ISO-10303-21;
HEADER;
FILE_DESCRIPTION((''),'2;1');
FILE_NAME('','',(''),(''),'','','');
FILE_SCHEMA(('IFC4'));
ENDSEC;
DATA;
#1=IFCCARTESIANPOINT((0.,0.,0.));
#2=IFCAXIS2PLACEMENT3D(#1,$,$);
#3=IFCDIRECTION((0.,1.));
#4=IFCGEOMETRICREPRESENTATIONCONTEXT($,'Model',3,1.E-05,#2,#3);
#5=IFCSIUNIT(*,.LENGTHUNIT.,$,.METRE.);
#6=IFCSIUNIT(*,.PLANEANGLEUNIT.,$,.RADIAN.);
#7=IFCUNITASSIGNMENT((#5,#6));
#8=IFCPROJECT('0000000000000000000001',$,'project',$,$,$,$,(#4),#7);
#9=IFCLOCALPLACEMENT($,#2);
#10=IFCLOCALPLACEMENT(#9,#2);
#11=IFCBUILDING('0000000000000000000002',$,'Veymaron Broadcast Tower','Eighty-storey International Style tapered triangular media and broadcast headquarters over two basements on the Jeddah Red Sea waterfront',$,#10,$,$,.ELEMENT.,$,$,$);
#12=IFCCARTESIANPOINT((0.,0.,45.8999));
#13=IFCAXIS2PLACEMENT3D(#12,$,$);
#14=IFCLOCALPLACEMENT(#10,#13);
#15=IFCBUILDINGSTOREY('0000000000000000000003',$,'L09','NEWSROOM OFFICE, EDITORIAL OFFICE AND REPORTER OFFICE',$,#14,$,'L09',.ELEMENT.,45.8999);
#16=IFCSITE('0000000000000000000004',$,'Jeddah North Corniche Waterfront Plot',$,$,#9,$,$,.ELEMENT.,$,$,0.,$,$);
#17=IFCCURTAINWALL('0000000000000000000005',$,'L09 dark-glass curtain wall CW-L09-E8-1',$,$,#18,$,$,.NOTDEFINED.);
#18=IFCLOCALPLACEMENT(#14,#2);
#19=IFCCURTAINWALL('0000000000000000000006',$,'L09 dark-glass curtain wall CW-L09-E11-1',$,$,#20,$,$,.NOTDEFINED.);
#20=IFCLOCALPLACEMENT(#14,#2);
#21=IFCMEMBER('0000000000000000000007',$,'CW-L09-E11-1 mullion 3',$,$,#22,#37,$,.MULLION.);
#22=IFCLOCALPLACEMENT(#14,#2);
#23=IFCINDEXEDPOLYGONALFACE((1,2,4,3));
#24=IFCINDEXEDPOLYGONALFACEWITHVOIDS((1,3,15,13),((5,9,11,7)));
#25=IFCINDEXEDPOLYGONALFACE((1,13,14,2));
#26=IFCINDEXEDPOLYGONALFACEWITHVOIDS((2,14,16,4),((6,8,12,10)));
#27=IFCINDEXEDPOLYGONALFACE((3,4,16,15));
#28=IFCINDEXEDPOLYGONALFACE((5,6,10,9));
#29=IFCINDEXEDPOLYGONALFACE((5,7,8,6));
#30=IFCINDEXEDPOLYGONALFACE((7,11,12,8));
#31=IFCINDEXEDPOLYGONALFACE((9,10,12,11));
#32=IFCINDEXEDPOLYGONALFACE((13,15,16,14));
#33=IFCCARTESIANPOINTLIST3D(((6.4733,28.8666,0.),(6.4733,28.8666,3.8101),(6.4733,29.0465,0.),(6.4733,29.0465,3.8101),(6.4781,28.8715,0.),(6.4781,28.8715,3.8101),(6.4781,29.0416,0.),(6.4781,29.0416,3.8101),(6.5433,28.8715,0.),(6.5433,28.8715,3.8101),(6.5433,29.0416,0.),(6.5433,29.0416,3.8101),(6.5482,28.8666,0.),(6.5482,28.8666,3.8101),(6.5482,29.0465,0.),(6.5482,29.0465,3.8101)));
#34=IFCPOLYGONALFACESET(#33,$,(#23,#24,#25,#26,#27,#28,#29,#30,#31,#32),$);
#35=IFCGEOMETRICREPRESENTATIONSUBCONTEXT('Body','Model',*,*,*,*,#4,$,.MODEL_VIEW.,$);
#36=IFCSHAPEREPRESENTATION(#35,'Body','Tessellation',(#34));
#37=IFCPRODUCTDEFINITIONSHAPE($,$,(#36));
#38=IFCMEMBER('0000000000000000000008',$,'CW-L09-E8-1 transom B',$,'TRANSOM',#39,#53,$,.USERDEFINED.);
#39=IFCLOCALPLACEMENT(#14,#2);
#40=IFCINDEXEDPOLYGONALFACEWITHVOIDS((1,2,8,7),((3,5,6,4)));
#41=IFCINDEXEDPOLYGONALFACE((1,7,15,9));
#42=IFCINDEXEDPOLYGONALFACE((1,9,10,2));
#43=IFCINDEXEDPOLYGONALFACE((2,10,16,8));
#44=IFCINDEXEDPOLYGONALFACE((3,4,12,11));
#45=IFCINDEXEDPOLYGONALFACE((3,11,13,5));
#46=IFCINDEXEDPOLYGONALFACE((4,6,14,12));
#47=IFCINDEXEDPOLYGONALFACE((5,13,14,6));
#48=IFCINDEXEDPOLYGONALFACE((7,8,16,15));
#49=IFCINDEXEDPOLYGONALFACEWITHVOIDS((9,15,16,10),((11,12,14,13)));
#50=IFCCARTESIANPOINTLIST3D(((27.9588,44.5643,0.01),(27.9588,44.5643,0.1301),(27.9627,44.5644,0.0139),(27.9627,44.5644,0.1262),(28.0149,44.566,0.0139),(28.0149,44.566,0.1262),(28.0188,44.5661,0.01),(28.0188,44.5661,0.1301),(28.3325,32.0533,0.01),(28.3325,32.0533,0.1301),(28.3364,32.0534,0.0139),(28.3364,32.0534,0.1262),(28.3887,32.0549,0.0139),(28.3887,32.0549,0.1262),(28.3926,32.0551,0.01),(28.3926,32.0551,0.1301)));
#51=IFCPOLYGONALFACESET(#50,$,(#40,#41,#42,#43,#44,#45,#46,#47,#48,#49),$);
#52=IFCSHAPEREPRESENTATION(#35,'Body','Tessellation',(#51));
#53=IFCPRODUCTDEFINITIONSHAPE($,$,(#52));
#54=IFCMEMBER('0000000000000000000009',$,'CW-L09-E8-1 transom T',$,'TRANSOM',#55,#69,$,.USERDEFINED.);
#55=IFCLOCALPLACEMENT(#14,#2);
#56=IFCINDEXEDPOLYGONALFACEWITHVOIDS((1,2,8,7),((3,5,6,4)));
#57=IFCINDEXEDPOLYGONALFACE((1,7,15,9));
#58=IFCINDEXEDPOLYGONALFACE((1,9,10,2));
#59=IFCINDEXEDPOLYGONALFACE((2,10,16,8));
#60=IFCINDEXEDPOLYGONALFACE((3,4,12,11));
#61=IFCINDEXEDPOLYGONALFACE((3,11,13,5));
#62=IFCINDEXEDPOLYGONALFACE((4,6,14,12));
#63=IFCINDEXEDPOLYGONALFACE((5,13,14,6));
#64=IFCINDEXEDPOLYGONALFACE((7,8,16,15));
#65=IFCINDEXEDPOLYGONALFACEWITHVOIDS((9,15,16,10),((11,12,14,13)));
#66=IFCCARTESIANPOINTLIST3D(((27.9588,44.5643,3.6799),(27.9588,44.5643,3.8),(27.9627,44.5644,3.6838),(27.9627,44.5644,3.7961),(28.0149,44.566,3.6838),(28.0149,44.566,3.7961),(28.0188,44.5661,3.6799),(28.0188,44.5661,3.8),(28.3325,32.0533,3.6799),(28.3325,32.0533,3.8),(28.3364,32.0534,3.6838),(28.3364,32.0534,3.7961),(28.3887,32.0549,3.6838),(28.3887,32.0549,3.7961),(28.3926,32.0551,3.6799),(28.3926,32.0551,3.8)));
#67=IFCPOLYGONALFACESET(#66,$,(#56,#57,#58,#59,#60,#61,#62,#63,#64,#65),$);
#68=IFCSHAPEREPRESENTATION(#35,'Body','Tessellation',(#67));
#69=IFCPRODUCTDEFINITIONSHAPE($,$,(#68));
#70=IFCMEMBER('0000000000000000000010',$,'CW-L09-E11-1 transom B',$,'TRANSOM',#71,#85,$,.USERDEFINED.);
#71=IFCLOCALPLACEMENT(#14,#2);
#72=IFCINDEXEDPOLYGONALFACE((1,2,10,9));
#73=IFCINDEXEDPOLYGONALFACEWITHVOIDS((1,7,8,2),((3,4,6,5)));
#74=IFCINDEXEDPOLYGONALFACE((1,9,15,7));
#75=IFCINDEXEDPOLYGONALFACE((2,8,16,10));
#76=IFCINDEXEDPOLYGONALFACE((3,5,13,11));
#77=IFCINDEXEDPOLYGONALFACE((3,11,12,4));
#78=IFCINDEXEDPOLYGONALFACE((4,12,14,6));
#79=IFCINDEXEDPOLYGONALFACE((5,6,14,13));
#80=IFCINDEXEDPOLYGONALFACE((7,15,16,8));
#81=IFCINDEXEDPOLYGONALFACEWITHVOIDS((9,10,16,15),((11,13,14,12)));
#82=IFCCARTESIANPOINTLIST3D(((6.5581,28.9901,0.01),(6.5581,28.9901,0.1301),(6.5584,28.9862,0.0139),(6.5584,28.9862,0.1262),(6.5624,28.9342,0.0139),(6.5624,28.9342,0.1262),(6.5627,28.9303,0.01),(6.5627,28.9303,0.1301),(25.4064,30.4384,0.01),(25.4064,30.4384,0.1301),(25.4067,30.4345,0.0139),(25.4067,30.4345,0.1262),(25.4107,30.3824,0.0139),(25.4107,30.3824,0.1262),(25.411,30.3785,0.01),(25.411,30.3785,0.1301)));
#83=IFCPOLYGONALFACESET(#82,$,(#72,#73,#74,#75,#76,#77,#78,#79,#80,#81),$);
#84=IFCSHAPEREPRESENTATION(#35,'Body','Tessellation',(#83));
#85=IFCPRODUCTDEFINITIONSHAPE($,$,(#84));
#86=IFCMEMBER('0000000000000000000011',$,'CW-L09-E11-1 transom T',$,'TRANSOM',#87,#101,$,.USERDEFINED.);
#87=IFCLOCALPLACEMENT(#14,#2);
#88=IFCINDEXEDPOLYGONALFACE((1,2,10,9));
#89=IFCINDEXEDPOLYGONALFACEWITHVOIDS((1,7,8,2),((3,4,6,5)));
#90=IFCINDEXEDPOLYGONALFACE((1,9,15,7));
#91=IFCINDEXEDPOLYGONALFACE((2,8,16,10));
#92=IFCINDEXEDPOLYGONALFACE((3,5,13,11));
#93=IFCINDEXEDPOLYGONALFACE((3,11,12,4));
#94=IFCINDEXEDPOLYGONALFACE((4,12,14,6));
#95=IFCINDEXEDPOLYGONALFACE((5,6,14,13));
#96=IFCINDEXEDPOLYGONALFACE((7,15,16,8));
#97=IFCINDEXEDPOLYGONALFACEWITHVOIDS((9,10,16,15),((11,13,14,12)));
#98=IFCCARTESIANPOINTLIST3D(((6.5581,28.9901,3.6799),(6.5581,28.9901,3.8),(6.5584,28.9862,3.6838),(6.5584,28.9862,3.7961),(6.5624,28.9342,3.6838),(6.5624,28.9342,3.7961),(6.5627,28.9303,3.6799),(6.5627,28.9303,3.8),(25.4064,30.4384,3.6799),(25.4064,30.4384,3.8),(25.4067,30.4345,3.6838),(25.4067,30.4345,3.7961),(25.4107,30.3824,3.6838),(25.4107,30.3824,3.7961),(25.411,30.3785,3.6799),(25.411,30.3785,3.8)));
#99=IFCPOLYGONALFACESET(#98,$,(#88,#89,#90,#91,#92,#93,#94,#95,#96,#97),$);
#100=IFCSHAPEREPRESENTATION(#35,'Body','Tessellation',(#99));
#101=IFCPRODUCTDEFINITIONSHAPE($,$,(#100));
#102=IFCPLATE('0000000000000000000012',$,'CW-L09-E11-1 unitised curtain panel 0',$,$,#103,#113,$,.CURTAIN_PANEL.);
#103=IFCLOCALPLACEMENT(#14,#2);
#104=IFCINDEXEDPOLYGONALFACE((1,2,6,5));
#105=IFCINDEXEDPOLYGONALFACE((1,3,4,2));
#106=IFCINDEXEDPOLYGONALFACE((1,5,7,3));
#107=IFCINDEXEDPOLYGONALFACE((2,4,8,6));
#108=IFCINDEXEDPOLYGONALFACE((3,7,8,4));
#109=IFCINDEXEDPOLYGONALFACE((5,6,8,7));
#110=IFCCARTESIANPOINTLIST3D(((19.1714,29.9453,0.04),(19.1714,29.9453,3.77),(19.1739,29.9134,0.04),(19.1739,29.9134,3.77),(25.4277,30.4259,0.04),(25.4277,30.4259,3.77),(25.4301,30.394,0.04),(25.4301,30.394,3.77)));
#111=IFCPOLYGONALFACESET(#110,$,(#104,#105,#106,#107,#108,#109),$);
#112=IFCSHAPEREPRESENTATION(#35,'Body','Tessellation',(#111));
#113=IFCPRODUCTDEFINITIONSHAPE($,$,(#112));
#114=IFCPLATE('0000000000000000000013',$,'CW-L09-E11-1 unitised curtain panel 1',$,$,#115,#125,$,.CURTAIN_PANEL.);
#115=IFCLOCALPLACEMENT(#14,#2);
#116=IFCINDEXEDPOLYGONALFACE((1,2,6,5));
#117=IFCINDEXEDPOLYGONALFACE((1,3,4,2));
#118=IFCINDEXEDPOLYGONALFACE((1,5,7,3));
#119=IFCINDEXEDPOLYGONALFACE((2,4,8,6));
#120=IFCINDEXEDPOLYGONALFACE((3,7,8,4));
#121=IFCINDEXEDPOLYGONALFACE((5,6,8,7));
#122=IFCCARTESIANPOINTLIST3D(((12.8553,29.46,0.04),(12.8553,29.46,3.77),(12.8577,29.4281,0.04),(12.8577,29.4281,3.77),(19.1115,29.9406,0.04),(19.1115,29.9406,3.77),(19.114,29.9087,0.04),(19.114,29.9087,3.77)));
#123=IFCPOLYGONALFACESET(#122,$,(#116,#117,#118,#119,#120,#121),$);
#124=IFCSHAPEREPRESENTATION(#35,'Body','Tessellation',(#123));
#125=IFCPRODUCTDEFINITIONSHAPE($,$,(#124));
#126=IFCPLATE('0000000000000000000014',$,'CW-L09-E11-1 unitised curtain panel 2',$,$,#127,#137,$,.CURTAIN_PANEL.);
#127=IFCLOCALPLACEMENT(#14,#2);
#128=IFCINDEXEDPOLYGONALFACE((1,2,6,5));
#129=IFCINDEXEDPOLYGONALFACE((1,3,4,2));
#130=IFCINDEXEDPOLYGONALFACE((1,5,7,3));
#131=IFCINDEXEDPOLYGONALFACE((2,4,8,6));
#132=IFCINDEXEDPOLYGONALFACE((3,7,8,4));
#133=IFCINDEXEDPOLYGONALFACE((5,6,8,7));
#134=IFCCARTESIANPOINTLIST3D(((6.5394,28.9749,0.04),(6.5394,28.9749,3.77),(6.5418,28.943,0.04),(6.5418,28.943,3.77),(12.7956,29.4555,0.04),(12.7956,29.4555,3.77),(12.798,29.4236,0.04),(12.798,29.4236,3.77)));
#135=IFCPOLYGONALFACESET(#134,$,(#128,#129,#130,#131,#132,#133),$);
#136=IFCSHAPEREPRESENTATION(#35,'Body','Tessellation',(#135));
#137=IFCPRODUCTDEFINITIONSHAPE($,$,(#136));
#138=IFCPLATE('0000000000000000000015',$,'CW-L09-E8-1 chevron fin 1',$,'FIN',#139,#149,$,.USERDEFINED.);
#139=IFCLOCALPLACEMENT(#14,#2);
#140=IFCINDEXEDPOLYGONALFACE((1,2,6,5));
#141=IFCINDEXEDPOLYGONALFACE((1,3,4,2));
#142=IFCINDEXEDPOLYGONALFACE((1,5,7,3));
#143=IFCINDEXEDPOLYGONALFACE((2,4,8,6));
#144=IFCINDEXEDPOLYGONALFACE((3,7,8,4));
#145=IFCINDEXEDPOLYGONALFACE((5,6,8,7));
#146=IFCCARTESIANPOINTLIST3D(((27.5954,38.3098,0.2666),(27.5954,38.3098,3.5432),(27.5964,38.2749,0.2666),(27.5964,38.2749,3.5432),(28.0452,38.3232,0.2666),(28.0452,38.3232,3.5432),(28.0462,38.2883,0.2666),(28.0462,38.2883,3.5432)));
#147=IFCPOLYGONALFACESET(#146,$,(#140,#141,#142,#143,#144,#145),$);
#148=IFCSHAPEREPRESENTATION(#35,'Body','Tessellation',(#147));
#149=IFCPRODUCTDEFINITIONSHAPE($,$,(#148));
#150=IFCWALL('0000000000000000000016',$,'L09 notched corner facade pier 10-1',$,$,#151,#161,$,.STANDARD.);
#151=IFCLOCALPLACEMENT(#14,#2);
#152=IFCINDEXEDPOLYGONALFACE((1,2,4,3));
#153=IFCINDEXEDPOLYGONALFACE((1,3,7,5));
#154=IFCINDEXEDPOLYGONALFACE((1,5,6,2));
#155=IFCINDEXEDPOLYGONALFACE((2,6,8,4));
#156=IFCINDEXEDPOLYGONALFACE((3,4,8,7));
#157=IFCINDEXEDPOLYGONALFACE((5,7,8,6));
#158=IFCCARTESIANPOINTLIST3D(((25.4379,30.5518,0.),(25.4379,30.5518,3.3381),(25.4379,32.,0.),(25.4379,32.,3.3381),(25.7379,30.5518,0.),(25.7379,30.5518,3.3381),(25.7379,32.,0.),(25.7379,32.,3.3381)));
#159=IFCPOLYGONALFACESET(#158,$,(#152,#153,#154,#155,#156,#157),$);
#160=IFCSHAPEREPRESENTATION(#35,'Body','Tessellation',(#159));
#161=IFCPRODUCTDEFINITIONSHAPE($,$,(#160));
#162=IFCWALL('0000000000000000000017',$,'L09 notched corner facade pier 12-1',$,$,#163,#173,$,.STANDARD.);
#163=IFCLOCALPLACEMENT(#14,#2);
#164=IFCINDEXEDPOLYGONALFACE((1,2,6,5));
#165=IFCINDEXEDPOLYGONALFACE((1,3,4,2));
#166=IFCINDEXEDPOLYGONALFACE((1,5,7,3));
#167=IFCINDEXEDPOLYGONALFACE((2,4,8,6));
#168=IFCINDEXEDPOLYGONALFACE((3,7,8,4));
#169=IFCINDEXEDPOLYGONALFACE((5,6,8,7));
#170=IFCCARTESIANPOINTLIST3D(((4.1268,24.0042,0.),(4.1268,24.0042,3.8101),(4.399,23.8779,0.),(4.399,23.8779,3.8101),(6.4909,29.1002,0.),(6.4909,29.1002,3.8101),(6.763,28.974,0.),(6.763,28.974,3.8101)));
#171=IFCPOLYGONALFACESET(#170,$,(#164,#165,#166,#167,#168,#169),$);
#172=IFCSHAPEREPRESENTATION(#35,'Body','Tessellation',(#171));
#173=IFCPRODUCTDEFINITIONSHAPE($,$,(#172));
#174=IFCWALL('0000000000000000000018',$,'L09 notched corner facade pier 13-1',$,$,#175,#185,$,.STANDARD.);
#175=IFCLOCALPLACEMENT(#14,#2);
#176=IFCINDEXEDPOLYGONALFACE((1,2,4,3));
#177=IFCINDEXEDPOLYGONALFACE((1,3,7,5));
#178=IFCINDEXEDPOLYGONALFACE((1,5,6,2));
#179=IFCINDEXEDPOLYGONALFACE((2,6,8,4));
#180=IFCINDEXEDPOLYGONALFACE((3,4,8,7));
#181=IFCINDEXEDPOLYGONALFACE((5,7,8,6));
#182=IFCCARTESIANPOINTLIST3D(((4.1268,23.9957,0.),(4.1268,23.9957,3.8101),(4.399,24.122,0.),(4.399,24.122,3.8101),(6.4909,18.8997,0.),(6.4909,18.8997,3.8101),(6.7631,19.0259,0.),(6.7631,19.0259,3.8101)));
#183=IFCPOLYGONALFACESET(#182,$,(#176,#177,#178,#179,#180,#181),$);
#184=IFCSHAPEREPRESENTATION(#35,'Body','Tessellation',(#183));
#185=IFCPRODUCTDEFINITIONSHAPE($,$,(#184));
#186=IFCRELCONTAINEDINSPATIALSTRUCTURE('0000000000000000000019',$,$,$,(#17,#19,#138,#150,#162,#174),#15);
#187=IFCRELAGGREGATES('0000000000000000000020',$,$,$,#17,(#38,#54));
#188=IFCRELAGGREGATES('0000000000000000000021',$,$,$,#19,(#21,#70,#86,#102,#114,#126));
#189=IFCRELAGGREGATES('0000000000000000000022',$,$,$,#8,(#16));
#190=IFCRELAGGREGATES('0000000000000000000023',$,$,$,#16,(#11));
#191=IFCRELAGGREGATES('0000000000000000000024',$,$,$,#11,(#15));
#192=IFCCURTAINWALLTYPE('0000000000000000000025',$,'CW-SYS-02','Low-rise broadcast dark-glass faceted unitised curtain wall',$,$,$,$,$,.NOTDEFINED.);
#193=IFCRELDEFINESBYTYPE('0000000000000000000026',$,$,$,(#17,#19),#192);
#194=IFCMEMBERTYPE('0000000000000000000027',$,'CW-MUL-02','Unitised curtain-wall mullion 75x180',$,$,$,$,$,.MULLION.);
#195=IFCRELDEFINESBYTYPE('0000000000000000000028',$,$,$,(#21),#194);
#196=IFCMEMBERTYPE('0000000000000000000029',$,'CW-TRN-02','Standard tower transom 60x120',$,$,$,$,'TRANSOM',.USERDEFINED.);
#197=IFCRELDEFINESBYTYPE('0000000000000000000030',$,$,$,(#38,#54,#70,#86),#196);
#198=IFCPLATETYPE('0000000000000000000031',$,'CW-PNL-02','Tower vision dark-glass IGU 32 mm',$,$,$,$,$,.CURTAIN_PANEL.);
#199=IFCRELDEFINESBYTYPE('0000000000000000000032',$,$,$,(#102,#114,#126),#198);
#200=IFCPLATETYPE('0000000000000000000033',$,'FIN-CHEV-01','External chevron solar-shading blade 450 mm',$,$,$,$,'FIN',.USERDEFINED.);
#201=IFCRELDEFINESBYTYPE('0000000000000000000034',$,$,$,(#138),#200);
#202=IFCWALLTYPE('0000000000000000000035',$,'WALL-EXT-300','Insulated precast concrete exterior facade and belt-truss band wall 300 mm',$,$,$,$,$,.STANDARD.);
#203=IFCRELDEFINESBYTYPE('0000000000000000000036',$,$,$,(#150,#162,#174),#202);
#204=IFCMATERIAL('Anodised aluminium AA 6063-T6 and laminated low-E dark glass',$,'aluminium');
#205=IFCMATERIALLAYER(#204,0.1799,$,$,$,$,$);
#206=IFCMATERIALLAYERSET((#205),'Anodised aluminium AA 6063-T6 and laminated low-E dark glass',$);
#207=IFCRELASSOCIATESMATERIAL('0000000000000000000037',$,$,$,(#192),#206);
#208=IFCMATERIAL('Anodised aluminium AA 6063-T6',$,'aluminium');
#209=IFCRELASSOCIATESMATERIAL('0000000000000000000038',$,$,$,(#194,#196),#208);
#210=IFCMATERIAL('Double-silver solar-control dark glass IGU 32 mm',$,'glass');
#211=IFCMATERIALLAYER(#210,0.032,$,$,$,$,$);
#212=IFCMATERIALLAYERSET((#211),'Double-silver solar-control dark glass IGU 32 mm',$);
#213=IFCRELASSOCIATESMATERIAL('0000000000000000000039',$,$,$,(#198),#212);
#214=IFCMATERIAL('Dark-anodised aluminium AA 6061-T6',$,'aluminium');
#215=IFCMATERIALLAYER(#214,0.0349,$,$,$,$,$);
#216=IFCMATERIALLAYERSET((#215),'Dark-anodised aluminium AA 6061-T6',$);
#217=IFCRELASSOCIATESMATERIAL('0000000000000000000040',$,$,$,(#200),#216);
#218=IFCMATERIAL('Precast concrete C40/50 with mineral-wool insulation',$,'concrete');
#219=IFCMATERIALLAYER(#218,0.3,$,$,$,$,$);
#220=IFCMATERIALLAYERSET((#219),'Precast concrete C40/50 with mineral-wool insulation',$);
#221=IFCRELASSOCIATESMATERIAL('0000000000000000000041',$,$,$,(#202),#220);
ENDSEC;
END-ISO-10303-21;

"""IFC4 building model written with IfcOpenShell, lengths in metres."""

from ifc_helpers import new_model, si_unit, direction, frame, frame_2d, origin, origin_2d, place, context, subcontext, project, spatial, rectangle, hollow_rectangle, extrude, material, layer, layer_set, material_profile, profile_set, type_object, element, aggregate, save


model = new_model("IFC4")

# Units and contexts
model_context = context("Model", 3, precision=1e-05, world=origin(), true_north=direction((0.0, 1.0)))
body_context = subcontext(model_context, "Body", "Model", "MODEL_VIEW")
ifc_project = project(units=[si_unit("LENGTHUNIT", "METRE"), si_unit("PLANEANGLEUNIT", "RADIAN")], contexts=[model_context])

# Site, building, storey
site_placement = place(None, origin())
site = spatial("IfcSite", under=ifc_project, at=site_placement, Name="Jeddah North Corniche Waterfront Plot", CompositionType="ELEMENT", RefElevation=0.0)
building_placement = place(site_placement, origin())
building = spatial("IfcBuilding", under=site, at=building_placement, Name="Veymaron Broadcast Tower", Description="Eighty-storey International Style tapered triangular media and broadcast headquarters over two basements on the Jeddah Red Sea waterfront", CompositionType="ELEMENT")
storey_placement = place(building_placement, frame((0.0, 0.0, 45.8999)))
storey = spatial("IfcBuildingStorey", under=building, at=storey_placement, Name="L09", Description="NEWSROOM OFFICE, EDITORIAL OFFICE AND REPORTER OFFICE", LongName="L09", CompositionType="ELEMENT", Elevation=45.8999)

# Curtain wall
ifc_material_1 = material(Name="Anodised aluminium AA 6063-T6 and laminated low-E dark glass", Category="aluminium")
ifc_layer_1 = layer(ifc_material_1, 0.1799)
ifc_layer_set_1 = layer_set([ifc_layer_1], Name="Anodised aluminium AA 6063-T6 and laminated low-E dark glass")
curtain_wall_type = type_object("IfcCurtainWallType", Name="CW-SYS-02", Description="Low-rise broadcast dark-glass faceted unitised curtain wall", PredefinedType="NOTDEFINED", material=ifc_layer_set_1)
curtain_wall_1_placement = place(storey_placement, origin())
curtain_wall_1 = element("IfcCurtainWall", 1, at=curtain_wall_1_placement, inside=storey, type_object=curtain_wall_type, Name="L09 dark-glass curtain wall CW-L09-E8-1", PredefinedType="NOTDEFINED")
ifc_material_2 = material(Name="Anodised aluminium AA 6063-T6", Category="aluminium")
ifc_material_profile_1 = material_profile(ifc_material_2, hollow_rectangle(XDim=0.075, YDim=0.1799, WallThickness=0.0049, at=origin_2d()), Name="AL180X75X5")
ifc_profile_set_1 = profile_set([ifc_material_profile_1], Name="Anodised aluminium AA 6063-T6")
member_type_1 = type_object("IfcMemberType", Name="CW-MUL-02", Description="Unitised curtain-wall mullion 75x180", PredefinedType="MULLION", material=ifc_profile_set_1)

# Curtain wall, member
curtain_wall_2_placement = place(storey_placement, origin())
curtain_wall_2 = element("IfcCurtainWall", 2, at=curtain_wall_2_placement, inside=storey, type_object=curtain_wall_type, Name="L09 dark-glass curtain wall CW-L09-E11-1", PredefinedType="NOTDEFINED")
member_1_placement = place(storey_placement, frame((6.5107, 28.9565, 0.0), z_axis=(0.0, 0.0, 1.0), x_axis=(1.0, 0.0, 0.0)))
member_1 = element("IfcMember", 3, at=member_1_placement, type_object=member_type_1, Name="CW-L09-E11-1 mullion 3", PredefinedType="MULLION", context=body_context, shape_type="SweptSolid", body=[
    extrude(hollow_rectangle(XDim=0.075, YDim=0.1799, WallThickness=0.0049, at=origin_2d()), origin(), (0.0, 0.0, 1.0), 3.8101),
])

# Members
ifc_material_profile_2 = material_profile(ifc_material_2, hollow_rectangle(XDim=0.0601, YDim=0.1201, WallThickness=0.0039, at=origin_2d()), Name="AL120X60X4")
ifc_profile_set_2 = profile_set([ifc_material_profile_2], Name="Anodised aluminium AA 6063-T6")
member_type_2 = type_object("IfcMemberType", Name="CW-TRN-02", Description="Standard tower transom 60x120", ElementType="TRANSOM", PredefinedType="USERDEFINED", material=ifc_profile_set_2)
member_2_placement = place(storey_placement, frame((27.9888, 44.5652, 0.0701), z_axis=(0.029863, -0.999554, 0.0), x_axis=(0.999554, 0.029863, 0.0)))
member_2 = element("IfcMember", 4, at=member_2_placement, type_object=member_type_2, Name="CW-L09-E8-1 transom B", ObjectType="TRANSOM", PredefinedType="USERDEFINED", context=body_context, shape_type="SweptSolid", body=[
    extrude(hollow_rectangle(XDim=0.0601, YDim=0.1201, WallThickness=0.0039, at=origin_2d()), origin(), (0.0, 0.0, 1.0), 12.5166),
])
member_3_placement = place(storey_placement, frame((27.9888, 44.5652, 3.74), z_axis=(0.029863, -0.999554, 0.0), x_axis=(0.999554, 0.029863, 0.0)))
member_3 = element("IfcMember", 5, at=member_3_placement, type_object=member_type_2, Name="CW-L09-E8-1 transom T", ObjectType="TRANSOM", PredefinedType="USERDEFINED", context=body_context, shape_type="SweptSolid", body=[
    extrude(hollow_rectangle(XDim=0.0601, YDim=0.1201, WallThickness=0.0039, at=origin_2d()), origin(), (0.0, 0.0, 1.0), 12.5166),
])
aggregate(curtain_wall_1, [member_2, member_3])
member_4_placement = place(storey_placement, frame((25.4087, 30.4084, 0.0701), z_axis=(-0.997061, -0.076612, 0.0), x_axis=(0.076612, -0.997061, 0.0)))
member_4 = element("IfcMember", 6, at=member_4_placement, type_object=member_type_2, Name="CW-L09-E11-1 transom B", ObjectType="TRANSOM", PredefinedType="USERDEFINED", context=body_context, shape_type="SweptSolid", body=[
    extrude(hollow_rectangle(XDim=0.0601, YDim=0.1201, WallThickness=0.0039, at=origin_2d()), origin(), (0.0, 0.0, 1.0), 18.9038),
])
member_5_placement = place(storey_placement, frame((25.4087, 30.4084, 3.74), z_axis=(-0.997061, -0.076612, 0.0), x_axis=(0.076612, -0.997061, 0.0)))
member_5 = element("IfcMember", 7, at=member_5_placement, type_object=member_type_2, Name="CW-L09-E11-1 transom T", ObjectType="TRANSOM", PredefinedType="USERDEFINED", context=body_context, shape_type="SweptSolid", body=[
    extrude(hollow_rectangle(XDim=0.0601, YDim=0.1201, WallThickness=0.0039, at=origin_2d()), origin(), (0.0, 0.0, 1.0), 18.9038),
])

# Plates
ifc_material_3 = material(Name="Double-silver solar-control dark glass IGU 32 mm", Category="glass")
ifc_layer_2 = layer(ifc_material_3, 0.032)
ifc_layer_set_2 = layer_set([ifc_layer_2], Name="Double-silver solar-control dark glass IGU 32 mm")
plate_type_1 = type_object("IfcPlateType", Name="CW-PNL-02", Description="Tower vision dark-glass IGU 32 mm", PredefinedType="CURTAIN_PANEL", material=ifc_layer_set_2)
plate_1_placement = place(storey_placement, frame((22.3008, 30.1697, 0.04), z_axis=(0.0, 0.0, 1.0), x_axis=(-0.997062, -0.076597, 0.0)))
plate_1 = element("IfcPlate", 8, at=plate_1_placement, type_object=plate_type_1, Name="CW-L09-E11-1 unitised curtain panel 0", PredefinedType="CURTAIN_PANEL", context=body_context, shape_type="SweptSolid", body=[
    extrude(rectangle(XDim=6.2747, YDim=0.032, at=origin_2d()), origin(), (0.0, 0.0, 1.0), 3.73),
])
plate_2_placement = place(storey_placement, frame((15.9846, 29.6843, 0.04), z_axis=(0.0, 0.0, 1.0), x_axis=(-0.997062, -0.076597, 0.0)))
plate_2 = element("IfcPlate", 9, at=plate_2_placement, type_object=plate_type_1, Name="CW-L09-E11-1 unitised curtain panel 1", PredefinedType="CURTAIN_PANEL", context=body_context, shape_type="SweptSolid", body=[
    extrude(rectangle(XDim=6.2747, YDim=0.032, at=origin_2d()), origin(), (0.0, 0.0, 1.0), 3.73),
])
plate_3_placement = place(storey_placement, frame((9.6687, 29.1992, 0.04), z_axis=(0.0, 0.0, 1.0), x_axis=(-0.997062, -0.076597, 0.0)))
plate_3 = element("IfcPlate", 10, at=plate_3_placement, type_object=plate_type_1, Name="CW-L09-E11-1 unitised curtain panel 2", PredefinedType="CURTAIN_PANEL", context=body_context, shape_type="SweptSolid", body=[
    extrude(rectangle(XDim=6.2747, YDim=0.032, at=origin_2d()), origin(), (0.0, 0.0, 1.0), 3.73),
])
aggregate(curtain_wall_2, [member_1, member_4, member_5, plate_1, plate_2, plate_3])
ifc_material_4 = material(Name="Dark-anodised aluminium AA 6061-T6", Category="aluminium")
ifc_layer_3 = layer(ifc_material_4, 0.0349)
ifc_layer_set_3 = layer_set([ifc_layer_3], Name="Dark-anodised aluminium AA 6061-T6")
plate_type_2 = type_object("IfcPlateType", Name="FIN-CHEV-01", Description="External chevron solar-shading blade 450 mm", ElementType="FIN", PredefinedType="USERDEFINED", material=ifc_layer_set_3)
plate_4_placement = place(storey_placement, frame((27.8208, 38.2991, 0.2666), z_axis=(0.0, 0.0, 1.0), x_axis=(-0.999554, -0.029858, 0.0)))
element("IfcPlate", 11, at=plate_4_placement, inside=storey, type_object=plate_type_2, Name="CW-L09-E8-1 chevron fin 1", ObjectType="FIN", PredefinedType="USERDEFINED", context=body_context, shape_type="SweptSolid", body=[
    extrude(rectangle(XDim=0.45, YDim=0.0349, at=origin_2d()), origin(), (0.0, 0.0, 1.0), 3.2766),
])

# Walls
ifc_material_5 = material(Name="Precast concrete C40/50 with mineral-wool insulation", Category="concrete")
ifc_layer_4 = layer(ifc_material_5, 0.3)
ifc_layer_set_4 = layer_set([ifc_layer_4], Name="Precast concrete C40/50 with mineral-wool insulation")
wall_type_1 = type_object("IfcWallType", Name="WALL-EXT-300", Description="Insulated precast concrete exterior facade and belt-truss band wall 300 mm", PredefinedType="STANDARD", material=ifc_layer_set_4)
wall_1_placement = place(storey_placement, frame((25.5879, 32.0, 0.0), z_axis=(0.0, 0.0, 1.0), x_axis=(0.0, -1.0, 0.0)))
element("IfcWall", 12, at=wall_1_placement, inside=storey, type_object=wall_type_1, Name="L09 notched corner facade pier 10-1", PredefinedType="STANDARD", context=body_context, shape_type="SweptSolid", body=[
    extrude(rectangle(XDim=1.4482, YDim=0.3, at=frame_2d((0.7241, 0.0))), origin(), (0.0, 0.0, 1.0), 3.3381),
])
for number, where, z_axis, x_axis, name in (
    (13, (6.627, 29.0371, 0.0), (0.0, 0.0, 1.0), (-0.420824, -0.907142, 0.0), "L09 notched corner facade pier 12-1"),
    (14, (4.2629, 24.0588, 0.0), (0.0, 0.0, 1.0), (0.420824, -0.907142, 0.0), "L09 notched corner facade pier 13-1"),
):
    element("IfcWall", number, at=place(storey_placement, frame(where, z_axis=z_axis, x_axis=x_axis)), inside=storey, type_object=wall_type_1, Name=name, PredefinedType="STANDARD", context=body_context, shape_type="SweptSolid", body=[
        extrude(rectangle(XDim=5.6177, YDim=0.3, at=frame_2d((2.8088, 0.0))), origin(), (0.0, 0.0, 1.0), 3.8101),
    ])

save(model, "model.ifc")
